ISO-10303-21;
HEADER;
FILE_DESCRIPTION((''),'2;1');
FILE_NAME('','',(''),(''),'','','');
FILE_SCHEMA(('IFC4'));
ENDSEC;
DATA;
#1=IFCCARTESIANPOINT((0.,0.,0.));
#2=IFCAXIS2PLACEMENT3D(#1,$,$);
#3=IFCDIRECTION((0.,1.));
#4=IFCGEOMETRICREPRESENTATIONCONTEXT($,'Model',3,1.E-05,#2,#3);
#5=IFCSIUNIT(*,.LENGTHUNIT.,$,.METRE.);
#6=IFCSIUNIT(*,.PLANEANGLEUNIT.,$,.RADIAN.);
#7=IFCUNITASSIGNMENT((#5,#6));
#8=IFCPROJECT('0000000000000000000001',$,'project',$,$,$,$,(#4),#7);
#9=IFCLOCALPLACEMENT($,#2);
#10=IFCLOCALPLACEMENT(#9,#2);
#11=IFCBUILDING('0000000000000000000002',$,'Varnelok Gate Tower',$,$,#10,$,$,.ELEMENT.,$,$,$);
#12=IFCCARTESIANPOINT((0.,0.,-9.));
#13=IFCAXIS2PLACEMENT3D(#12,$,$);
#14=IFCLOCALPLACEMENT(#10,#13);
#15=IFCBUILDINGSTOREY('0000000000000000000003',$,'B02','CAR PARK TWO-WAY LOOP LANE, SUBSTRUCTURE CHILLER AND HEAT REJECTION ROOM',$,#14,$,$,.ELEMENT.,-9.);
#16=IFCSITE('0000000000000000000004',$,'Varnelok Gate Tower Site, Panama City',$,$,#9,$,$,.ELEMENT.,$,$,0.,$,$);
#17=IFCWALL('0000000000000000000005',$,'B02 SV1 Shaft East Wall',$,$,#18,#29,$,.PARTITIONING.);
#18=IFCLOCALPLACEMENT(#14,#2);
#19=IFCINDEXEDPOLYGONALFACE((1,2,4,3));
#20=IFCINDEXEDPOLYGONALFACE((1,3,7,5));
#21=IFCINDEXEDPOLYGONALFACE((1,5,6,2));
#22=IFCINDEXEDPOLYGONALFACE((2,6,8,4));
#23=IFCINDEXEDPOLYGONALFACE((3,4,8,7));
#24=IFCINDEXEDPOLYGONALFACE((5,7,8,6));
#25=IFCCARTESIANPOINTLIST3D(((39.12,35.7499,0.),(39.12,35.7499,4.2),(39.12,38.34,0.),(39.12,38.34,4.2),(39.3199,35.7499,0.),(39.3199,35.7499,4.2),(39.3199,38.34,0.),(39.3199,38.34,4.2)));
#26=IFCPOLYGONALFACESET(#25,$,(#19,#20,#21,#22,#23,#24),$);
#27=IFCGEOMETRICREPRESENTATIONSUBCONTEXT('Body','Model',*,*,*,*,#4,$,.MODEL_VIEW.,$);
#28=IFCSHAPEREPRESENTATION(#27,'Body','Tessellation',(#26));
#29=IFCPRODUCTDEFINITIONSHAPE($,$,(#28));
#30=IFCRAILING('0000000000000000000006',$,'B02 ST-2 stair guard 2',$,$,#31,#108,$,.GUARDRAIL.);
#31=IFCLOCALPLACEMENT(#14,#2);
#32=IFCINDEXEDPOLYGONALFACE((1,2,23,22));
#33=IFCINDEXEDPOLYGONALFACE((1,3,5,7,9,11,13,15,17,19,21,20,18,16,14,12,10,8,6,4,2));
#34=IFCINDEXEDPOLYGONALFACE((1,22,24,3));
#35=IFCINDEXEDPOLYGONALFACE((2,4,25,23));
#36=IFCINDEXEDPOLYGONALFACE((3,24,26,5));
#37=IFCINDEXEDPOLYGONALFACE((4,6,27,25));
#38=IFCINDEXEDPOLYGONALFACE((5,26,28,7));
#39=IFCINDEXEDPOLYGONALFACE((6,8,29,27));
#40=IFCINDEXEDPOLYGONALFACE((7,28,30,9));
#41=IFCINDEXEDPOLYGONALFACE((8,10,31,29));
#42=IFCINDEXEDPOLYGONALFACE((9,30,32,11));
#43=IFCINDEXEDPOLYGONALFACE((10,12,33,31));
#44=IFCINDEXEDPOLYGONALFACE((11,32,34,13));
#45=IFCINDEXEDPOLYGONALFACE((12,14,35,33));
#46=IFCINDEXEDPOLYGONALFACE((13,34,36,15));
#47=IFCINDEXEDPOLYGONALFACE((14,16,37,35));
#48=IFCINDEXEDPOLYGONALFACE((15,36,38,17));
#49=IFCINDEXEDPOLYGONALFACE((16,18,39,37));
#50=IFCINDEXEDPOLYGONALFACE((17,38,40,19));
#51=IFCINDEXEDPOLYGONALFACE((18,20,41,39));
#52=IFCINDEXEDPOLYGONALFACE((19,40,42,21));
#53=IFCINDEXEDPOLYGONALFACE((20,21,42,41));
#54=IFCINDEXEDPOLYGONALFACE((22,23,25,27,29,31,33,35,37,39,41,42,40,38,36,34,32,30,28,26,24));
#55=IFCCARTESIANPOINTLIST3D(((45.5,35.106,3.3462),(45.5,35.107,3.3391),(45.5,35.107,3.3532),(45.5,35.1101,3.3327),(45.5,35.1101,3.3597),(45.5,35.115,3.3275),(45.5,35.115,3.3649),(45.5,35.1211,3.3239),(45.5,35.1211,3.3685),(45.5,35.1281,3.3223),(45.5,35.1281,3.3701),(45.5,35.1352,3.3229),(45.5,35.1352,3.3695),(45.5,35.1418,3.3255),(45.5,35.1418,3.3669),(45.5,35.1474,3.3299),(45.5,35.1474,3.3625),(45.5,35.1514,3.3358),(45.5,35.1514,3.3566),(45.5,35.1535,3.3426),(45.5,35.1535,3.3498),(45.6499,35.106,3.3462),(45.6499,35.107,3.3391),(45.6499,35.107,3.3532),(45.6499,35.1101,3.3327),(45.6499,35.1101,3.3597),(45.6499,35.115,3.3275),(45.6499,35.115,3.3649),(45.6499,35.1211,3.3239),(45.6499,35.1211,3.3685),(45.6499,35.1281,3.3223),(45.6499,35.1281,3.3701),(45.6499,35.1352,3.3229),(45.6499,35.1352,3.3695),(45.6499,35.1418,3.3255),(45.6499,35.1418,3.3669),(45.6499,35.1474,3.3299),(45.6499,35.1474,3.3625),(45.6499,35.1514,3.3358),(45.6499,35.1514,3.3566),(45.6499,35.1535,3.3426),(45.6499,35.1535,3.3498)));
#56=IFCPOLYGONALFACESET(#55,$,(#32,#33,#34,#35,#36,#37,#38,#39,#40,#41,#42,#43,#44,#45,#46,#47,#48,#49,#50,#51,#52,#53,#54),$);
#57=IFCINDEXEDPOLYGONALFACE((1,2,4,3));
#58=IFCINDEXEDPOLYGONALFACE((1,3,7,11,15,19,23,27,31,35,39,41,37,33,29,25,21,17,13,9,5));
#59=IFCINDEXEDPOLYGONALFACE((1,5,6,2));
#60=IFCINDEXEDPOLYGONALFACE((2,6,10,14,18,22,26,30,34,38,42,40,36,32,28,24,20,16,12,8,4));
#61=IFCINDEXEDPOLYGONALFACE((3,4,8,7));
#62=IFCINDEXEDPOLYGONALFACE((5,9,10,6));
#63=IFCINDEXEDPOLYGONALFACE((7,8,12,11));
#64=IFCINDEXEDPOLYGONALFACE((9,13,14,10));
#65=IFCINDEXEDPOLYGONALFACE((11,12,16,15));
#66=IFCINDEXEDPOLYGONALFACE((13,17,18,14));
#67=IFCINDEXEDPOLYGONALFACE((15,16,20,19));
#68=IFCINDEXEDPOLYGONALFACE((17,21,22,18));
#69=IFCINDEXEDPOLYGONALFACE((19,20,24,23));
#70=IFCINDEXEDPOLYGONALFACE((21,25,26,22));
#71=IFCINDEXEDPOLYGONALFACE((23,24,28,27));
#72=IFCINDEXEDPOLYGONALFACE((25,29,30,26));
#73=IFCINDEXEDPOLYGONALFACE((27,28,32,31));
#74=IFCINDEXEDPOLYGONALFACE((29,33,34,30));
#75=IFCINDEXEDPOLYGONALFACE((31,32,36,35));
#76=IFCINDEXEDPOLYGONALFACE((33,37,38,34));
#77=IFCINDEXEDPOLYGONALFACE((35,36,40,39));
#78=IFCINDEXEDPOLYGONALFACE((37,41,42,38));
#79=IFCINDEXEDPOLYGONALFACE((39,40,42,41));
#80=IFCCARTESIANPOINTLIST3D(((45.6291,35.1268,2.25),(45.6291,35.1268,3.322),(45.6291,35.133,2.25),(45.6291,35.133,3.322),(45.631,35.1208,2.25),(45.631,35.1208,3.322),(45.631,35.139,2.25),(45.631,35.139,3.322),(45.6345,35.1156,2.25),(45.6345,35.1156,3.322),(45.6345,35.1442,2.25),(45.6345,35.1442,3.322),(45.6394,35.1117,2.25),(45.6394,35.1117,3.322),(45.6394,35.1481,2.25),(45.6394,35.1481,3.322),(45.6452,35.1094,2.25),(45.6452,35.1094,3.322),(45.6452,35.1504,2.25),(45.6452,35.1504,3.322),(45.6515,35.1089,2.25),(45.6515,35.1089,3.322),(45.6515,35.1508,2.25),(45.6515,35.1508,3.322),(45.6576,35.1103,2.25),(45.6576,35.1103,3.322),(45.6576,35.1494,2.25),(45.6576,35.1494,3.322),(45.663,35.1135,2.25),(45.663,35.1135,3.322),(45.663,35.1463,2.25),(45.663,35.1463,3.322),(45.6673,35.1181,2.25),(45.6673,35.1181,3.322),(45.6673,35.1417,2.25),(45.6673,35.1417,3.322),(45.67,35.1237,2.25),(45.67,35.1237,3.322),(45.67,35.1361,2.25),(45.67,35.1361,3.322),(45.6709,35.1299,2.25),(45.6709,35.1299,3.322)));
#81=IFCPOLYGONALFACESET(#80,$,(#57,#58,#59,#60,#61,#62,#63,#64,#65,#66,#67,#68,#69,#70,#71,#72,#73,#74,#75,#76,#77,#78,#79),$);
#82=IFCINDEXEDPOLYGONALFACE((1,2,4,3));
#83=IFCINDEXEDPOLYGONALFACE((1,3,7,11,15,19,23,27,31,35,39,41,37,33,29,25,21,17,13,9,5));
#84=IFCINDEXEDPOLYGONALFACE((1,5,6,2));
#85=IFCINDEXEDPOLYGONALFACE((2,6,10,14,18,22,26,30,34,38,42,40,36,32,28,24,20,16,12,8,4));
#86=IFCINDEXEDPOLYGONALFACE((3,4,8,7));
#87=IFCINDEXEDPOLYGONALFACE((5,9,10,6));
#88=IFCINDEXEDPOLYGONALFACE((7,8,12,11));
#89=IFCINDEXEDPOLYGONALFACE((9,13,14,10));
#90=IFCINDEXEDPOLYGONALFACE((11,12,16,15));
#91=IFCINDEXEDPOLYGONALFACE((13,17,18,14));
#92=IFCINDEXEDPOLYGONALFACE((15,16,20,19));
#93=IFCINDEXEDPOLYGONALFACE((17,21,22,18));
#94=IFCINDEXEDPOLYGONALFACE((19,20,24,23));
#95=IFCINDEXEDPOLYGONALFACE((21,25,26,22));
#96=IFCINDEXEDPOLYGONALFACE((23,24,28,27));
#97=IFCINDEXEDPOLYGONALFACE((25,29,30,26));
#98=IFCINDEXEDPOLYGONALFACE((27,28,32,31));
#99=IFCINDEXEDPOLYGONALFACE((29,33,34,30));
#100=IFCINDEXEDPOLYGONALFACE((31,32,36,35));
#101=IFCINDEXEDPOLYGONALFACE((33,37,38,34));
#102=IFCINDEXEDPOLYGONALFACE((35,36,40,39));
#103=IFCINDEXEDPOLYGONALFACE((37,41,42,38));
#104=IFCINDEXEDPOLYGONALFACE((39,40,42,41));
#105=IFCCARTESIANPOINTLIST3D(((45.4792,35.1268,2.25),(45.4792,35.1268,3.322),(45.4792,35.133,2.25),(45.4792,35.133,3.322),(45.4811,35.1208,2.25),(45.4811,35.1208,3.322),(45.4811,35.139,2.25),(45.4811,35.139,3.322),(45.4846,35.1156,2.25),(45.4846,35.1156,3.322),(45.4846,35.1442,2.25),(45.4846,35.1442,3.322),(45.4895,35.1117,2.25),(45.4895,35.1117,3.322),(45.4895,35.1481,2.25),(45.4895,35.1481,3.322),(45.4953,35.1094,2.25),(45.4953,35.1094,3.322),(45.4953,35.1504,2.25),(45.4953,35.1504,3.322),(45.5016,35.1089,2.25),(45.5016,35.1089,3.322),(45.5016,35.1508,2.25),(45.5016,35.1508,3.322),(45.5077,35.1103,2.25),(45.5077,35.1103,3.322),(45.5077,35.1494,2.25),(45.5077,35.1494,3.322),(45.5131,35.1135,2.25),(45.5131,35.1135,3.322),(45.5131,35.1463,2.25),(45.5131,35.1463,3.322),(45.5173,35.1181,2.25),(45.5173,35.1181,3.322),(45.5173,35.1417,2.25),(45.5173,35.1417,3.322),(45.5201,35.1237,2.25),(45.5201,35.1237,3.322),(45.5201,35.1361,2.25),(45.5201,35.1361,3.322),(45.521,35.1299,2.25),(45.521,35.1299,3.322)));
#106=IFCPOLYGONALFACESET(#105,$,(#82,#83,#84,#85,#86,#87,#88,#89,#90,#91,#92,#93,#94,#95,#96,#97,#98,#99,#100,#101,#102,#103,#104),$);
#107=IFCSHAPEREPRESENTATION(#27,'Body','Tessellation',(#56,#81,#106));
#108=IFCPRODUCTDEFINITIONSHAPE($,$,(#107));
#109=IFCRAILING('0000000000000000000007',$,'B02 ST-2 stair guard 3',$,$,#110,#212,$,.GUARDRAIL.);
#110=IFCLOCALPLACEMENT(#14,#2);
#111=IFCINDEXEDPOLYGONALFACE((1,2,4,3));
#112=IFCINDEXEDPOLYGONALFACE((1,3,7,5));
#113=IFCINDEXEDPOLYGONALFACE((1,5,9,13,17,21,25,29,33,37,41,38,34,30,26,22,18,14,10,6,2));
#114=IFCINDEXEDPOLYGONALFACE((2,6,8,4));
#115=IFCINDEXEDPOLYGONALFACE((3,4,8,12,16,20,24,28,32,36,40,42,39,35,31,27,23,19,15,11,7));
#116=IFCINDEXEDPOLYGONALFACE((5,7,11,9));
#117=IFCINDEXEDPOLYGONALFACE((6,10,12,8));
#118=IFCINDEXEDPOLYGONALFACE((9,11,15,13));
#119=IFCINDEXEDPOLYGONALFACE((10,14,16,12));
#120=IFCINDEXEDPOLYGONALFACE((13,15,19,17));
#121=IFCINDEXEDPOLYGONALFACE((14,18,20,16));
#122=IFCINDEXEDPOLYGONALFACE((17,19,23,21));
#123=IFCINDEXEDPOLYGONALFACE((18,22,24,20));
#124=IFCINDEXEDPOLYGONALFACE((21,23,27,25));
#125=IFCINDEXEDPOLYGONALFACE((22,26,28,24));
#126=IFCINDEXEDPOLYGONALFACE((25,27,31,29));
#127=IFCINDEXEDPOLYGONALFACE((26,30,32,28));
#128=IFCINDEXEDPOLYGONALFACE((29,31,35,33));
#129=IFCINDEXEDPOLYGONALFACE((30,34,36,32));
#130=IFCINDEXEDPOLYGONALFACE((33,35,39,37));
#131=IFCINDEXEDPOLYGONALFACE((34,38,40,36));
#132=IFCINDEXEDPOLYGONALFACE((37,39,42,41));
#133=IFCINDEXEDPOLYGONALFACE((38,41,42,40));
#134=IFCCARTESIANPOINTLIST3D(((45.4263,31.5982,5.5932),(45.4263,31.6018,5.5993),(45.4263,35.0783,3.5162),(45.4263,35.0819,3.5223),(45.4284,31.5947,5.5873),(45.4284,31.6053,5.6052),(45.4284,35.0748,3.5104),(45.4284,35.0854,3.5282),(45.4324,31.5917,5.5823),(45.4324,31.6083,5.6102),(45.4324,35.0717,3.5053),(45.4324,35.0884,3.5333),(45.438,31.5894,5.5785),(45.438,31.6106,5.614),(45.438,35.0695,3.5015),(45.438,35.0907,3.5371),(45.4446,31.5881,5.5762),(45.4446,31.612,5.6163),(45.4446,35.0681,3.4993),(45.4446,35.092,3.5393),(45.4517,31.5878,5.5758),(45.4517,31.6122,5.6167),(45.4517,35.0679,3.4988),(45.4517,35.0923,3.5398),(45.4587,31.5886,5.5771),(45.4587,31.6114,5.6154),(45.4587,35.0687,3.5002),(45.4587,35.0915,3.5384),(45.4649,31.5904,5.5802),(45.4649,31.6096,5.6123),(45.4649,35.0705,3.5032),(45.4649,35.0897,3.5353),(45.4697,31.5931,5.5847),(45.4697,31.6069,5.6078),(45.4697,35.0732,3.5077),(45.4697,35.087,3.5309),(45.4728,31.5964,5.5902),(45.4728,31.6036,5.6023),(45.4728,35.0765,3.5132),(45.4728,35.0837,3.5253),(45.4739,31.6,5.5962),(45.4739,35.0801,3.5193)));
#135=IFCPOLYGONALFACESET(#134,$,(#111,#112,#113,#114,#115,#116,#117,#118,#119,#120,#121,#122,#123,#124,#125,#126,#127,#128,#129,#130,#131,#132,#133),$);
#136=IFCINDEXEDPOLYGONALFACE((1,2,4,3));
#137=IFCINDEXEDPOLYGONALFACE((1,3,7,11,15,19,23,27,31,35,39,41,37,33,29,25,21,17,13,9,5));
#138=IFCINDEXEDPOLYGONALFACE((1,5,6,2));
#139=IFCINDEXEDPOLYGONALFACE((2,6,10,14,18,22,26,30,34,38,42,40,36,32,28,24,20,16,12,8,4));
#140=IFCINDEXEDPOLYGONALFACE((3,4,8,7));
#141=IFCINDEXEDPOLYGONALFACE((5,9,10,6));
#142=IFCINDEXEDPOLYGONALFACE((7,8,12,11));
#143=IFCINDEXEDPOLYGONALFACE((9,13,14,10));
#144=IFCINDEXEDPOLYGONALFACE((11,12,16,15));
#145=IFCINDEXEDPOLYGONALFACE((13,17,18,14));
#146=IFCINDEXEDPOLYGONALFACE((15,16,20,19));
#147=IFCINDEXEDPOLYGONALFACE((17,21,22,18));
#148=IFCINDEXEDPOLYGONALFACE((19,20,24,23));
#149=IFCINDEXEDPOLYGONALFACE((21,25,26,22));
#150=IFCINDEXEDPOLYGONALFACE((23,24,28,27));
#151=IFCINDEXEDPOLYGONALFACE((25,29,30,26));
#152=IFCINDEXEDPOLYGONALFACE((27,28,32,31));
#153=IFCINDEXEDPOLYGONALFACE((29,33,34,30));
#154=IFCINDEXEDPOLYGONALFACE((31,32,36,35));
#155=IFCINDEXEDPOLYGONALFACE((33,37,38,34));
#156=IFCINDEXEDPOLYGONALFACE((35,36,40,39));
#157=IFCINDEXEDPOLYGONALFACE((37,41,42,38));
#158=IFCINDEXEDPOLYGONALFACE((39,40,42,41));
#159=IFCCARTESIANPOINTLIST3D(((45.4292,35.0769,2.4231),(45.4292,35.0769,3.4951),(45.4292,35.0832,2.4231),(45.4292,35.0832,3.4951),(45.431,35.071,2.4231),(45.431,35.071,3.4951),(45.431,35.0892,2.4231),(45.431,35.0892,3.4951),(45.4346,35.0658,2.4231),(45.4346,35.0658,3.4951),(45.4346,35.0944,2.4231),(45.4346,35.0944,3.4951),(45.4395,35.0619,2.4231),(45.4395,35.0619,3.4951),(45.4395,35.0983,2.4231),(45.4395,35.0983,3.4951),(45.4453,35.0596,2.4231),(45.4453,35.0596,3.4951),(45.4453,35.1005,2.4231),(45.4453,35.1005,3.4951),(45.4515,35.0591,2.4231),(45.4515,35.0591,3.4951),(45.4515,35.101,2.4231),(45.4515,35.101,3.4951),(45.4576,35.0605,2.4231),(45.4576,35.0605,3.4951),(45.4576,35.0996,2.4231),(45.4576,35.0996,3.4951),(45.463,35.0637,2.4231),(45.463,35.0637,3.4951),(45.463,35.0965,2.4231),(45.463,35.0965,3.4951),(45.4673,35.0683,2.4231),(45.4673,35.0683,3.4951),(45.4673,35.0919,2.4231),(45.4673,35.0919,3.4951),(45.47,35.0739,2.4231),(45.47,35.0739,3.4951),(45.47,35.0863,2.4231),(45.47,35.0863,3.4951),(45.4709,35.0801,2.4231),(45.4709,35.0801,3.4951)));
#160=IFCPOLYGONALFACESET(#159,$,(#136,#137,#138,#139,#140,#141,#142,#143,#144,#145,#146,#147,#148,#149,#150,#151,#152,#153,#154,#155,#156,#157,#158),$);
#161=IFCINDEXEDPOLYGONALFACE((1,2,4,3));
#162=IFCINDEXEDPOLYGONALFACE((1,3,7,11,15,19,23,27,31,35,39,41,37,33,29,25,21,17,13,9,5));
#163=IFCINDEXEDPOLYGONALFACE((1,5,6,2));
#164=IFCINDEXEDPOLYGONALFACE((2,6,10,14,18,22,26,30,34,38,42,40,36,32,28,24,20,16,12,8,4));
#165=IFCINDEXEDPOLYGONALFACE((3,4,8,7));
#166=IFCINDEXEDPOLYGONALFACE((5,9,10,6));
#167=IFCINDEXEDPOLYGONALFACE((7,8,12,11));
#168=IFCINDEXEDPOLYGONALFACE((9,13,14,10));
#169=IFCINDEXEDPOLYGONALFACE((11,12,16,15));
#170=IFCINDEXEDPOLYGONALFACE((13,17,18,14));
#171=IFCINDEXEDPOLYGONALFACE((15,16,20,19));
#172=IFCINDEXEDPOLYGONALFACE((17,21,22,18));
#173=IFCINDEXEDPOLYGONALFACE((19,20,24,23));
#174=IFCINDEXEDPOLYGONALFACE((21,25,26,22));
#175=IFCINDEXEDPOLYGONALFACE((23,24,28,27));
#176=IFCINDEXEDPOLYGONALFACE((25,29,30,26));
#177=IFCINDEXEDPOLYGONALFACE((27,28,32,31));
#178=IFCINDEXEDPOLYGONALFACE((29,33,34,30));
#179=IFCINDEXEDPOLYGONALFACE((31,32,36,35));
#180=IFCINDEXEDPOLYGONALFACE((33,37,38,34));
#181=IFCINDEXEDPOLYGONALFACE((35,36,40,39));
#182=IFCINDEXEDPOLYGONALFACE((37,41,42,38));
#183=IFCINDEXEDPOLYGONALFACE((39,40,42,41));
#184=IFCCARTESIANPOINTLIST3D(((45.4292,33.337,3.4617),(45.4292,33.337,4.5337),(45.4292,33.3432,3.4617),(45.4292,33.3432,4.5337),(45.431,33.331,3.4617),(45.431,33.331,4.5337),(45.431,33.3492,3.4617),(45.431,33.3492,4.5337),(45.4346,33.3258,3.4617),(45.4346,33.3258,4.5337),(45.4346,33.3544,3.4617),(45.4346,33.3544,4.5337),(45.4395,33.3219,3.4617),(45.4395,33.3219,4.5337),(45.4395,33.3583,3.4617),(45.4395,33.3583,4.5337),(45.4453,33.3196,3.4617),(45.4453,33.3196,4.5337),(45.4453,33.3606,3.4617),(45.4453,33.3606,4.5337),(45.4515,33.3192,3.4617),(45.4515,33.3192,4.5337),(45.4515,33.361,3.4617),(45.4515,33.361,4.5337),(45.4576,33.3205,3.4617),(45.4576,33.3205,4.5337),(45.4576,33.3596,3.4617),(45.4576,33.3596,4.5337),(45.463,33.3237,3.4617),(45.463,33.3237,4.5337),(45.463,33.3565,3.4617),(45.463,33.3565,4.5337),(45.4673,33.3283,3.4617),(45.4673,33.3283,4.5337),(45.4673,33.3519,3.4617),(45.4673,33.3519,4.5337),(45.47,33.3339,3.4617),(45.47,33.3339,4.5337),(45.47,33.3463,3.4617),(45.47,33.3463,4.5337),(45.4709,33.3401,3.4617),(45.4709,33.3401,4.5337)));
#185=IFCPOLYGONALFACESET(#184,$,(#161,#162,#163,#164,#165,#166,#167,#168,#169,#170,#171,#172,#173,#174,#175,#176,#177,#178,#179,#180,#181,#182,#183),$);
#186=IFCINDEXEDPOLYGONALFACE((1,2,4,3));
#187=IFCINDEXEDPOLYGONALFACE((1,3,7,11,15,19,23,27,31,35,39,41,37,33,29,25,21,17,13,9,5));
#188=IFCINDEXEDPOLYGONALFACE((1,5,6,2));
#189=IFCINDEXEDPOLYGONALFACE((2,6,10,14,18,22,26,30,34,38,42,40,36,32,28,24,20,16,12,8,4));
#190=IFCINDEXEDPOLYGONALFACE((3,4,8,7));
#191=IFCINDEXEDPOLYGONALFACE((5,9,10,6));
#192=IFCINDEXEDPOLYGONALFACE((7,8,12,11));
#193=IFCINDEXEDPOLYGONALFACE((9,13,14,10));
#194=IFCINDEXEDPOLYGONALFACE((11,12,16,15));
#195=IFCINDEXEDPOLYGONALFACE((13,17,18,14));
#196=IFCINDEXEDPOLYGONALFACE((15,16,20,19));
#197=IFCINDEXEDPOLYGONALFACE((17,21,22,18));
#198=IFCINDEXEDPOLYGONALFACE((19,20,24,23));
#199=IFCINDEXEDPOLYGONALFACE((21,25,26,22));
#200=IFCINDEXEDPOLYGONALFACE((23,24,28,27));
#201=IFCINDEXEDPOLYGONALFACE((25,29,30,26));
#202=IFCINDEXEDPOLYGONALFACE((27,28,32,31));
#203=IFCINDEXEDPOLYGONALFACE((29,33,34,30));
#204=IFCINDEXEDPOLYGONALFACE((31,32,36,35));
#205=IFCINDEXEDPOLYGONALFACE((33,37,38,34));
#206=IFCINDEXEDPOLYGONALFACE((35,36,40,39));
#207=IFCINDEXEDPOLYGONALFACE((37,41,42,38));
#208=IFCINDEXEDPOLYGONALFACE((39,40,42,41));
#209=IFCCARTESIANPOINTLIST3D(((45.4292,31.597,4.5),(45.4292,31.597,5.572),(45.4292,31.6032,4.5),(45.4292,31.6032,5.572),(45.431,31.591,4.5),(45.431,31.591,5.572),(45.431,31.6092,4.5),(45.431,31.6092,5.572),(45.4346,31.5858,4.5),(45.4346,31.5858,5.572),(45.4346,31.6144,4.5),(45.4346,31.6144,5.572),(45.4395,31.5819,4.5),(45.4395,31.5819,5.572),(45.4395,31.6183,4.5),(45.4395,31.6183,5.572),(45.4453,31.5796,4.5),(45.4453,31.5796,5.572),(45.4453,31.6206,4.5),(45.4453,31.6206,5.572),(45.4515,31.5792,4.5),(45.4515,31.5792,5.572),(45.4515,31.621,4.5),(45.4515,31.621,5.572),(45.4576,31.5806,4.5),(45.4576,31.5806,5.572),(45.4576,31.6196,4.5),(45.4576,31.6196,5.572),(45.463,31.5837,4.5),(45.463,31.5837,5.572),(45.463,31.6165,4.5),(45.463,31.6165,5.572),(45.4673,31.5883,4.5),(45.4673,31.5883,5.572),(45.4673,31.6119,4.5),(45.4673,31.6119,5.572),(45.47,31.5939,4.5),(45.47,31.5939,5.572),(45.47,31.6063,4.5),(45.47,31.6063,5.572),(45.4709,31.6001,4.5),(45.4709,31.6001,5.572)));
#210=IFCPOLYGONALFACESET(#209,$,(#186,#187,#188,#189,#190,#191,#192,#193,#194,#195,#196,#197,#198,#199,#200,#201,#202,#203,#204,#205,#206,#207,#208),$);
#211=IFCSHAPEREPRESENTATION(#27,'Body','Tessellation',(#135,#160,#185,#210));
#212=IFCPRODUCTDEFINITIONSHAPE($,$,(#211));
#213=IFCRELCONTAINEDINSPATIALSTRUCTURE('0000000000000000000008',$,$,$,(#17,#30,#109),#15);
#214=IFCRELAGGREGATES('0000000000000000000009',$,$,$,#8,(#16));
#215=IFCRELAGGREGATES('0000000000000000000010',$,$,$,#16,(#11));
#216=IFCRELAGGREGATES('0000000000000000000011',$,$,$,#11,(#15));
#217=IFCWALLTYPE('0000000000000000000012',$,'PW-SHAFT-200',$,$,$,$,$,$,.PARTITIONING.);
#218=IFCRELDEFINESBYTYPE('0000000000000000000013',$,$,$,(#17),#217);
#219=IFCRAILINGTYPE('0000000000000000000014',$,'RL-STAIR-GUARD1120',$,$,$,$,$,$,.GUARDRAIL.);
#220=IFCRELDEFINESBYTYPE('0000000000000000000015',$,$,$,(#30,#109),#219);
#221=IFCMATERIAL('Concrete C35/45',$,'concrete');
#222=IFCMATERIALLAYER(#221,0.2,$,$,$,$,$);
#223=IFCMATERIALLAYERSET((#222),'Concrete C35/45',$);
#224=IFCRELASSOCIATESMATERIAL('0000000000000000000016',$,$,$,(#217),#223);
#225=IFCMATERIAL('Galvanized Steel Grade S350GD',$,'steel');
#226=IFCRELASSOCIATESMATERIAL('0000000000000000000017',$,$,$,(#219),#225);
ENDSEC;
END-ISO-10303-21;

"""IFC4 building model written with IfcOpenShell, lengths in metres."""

from ifc_helpers import new_model, si_unit, direction, frame, frame_2d, origin, origin_2d, place, context, subcontext, project, spatial, rectangle, circle, extrude, material, layer, layer_set, type_object, element, save


model = new_model("IFC4")

# Units and contexts
model_context = context("Model", 3, precision=1e-05, world=origin(), true_north=direction((0.0, 1.0)))
body_context = subcontext(model_context, "Body", "Model", "MODEL_VIEW")
ifc_project = project(units=[si_unit("LENGTHUNIT", "METRE"), si_unit("PLANEANGLEUNIT", "RADIAN")], contexts=[model_context])

# Site, building, storey
site_placement = place(None, origin())
site = spatial("IfcSite", under=ifc_project, at=site_placement, Name="Varnelok Gate Tower Site, Panama City", CompositionType="ELEMENT", RefElevation=0.0)
building_placement = place(site_placement, origin())
building = spatial("IfcBuilding", under=site, at=building_placement, Name="Varnelok Gate Tower", CompositionType="ELEMENT")
storey_placement = place(building_placement, frame((0.0, 0.0, -9.0)))
storey = spatial("IfcBuildingStorey", under=building, at=storey_placement, Name="B02", Description="CAR PARK TWO-WAY LOOP LANE, SUBSTRUCTURE CHILLER AND HEAT REJECTION ROOM", CompositionType="ELEMENT", Elevation=-9.0)

# Shared definitions
ifc_material_1 = material(Name="Galvanized Steel Grade S350GD", Category="steel")

# Shared definitions
ifc_material_2 = material(Name="Concrete C35/45", Category="concrete")
ifc_layer_1 = layer(ifc_material_2, 0.2)
ifc_layer_set_1 = layer_set([ifc_layer_1], Name="Concrete C35/45")
wall_type_1 = type_object("IfcWallType", Name="PW-SHAFT-200", PredefinedType="PARTITIONING", material=ifc_layer_set_1)

# Wall
wall_1_placement = place(storey_placement, frame((39.22, 35.75, 0.0), z_axis=(0.0, 0.0, 1.0), x_axis=(0.0, 1.0, 0.0)))
element("IfcWall", 1, at=wall_1_placement, inside=storey, type_object=wall_type_1, Name="B02 SV1 Shaft East Wall", PredefinedType="PARTITIONING", context=body_context, shape_type="SweptSolid", body=[
    extrude(rectangle(XDim=2.5901, YDim=0.2, at=frame_2d((1.2949, 0.0))), origin(), (0.0, 0.0, 1.0), 4.2),
])

# Railings
railing_type = type_object("IfcRailingType", Name="RL-STAIR-GUARD1120", PredefinedType="GUARDRAIL", material=ifc_material_1)
railing_1_placement = place(storey_placement, frame((45.6499, 35.1299, 2.25)))
element("IfcRailing", 2, at=railing_1_placement, inside=storey, type_object=railing_type, Name="B02 ST-2 stair guard 2", PredefinedType="GUARDRAIL", context=body_context, shape_type="SweptSolid", body=[
    extrude(circle(Radius=0.0239, at=origin_2d()), frame((0.0, 0.0, 1.0962), z_axis=(-1.0, 0.0, 0.0), x_axis=(0.0, -1.0, 0.0)), (0.0, 0.0, 1.0), 0.1499),
    extrude(circle(Radius=0.021, at=origin_2d()), origin(), (0.0, 0.0, 1.0), 1.072),
    extrude(circle(Radius=0.021, at=origin_2d()), frame((-0.1499, 0.0, 0.0)), (0.0, 0.0, 1.0), 1.072),
])
railing_2_placement = place(storey_placement, frame((45.45, 35.0801, 2.4231)))
element("IfcRailing", 3, at=railing_2_placement, inside=storey, type_object=railing_type, Name="B02 ST-2 stair guard 3", PredefinedType="GUARDRAIL", context=body_context, shape_type="SweptSolid", body=[
    extrude(circle(Radius=0.0239, at=origin_2d()), frame((0.0, 0.0, 1.0962), z_axis=(0.0, -0.858697, 0.512483), x_axis=(1.0, 0.0, 0.0)), (0.0, 0.0, 1.0), 4.0527),
    extrude(circle(Radius=0.021, at=origin_2d()), origin(), (0.0, 0.0, 1.0), 1.072),
    extrude(circle(Radius=0.021, at=origin_2d()), frame((0.0, -1.74, 1.0386)), (0.0, 0.0, 1.0), 1.072),
    extrude(circle(Radius=0.021, at=origin_2d()), frame((0.0, -3.48, 2.0769)), (0.0, 0.0, 1.0), 1.072),
])

save(model, "model.ifc")
